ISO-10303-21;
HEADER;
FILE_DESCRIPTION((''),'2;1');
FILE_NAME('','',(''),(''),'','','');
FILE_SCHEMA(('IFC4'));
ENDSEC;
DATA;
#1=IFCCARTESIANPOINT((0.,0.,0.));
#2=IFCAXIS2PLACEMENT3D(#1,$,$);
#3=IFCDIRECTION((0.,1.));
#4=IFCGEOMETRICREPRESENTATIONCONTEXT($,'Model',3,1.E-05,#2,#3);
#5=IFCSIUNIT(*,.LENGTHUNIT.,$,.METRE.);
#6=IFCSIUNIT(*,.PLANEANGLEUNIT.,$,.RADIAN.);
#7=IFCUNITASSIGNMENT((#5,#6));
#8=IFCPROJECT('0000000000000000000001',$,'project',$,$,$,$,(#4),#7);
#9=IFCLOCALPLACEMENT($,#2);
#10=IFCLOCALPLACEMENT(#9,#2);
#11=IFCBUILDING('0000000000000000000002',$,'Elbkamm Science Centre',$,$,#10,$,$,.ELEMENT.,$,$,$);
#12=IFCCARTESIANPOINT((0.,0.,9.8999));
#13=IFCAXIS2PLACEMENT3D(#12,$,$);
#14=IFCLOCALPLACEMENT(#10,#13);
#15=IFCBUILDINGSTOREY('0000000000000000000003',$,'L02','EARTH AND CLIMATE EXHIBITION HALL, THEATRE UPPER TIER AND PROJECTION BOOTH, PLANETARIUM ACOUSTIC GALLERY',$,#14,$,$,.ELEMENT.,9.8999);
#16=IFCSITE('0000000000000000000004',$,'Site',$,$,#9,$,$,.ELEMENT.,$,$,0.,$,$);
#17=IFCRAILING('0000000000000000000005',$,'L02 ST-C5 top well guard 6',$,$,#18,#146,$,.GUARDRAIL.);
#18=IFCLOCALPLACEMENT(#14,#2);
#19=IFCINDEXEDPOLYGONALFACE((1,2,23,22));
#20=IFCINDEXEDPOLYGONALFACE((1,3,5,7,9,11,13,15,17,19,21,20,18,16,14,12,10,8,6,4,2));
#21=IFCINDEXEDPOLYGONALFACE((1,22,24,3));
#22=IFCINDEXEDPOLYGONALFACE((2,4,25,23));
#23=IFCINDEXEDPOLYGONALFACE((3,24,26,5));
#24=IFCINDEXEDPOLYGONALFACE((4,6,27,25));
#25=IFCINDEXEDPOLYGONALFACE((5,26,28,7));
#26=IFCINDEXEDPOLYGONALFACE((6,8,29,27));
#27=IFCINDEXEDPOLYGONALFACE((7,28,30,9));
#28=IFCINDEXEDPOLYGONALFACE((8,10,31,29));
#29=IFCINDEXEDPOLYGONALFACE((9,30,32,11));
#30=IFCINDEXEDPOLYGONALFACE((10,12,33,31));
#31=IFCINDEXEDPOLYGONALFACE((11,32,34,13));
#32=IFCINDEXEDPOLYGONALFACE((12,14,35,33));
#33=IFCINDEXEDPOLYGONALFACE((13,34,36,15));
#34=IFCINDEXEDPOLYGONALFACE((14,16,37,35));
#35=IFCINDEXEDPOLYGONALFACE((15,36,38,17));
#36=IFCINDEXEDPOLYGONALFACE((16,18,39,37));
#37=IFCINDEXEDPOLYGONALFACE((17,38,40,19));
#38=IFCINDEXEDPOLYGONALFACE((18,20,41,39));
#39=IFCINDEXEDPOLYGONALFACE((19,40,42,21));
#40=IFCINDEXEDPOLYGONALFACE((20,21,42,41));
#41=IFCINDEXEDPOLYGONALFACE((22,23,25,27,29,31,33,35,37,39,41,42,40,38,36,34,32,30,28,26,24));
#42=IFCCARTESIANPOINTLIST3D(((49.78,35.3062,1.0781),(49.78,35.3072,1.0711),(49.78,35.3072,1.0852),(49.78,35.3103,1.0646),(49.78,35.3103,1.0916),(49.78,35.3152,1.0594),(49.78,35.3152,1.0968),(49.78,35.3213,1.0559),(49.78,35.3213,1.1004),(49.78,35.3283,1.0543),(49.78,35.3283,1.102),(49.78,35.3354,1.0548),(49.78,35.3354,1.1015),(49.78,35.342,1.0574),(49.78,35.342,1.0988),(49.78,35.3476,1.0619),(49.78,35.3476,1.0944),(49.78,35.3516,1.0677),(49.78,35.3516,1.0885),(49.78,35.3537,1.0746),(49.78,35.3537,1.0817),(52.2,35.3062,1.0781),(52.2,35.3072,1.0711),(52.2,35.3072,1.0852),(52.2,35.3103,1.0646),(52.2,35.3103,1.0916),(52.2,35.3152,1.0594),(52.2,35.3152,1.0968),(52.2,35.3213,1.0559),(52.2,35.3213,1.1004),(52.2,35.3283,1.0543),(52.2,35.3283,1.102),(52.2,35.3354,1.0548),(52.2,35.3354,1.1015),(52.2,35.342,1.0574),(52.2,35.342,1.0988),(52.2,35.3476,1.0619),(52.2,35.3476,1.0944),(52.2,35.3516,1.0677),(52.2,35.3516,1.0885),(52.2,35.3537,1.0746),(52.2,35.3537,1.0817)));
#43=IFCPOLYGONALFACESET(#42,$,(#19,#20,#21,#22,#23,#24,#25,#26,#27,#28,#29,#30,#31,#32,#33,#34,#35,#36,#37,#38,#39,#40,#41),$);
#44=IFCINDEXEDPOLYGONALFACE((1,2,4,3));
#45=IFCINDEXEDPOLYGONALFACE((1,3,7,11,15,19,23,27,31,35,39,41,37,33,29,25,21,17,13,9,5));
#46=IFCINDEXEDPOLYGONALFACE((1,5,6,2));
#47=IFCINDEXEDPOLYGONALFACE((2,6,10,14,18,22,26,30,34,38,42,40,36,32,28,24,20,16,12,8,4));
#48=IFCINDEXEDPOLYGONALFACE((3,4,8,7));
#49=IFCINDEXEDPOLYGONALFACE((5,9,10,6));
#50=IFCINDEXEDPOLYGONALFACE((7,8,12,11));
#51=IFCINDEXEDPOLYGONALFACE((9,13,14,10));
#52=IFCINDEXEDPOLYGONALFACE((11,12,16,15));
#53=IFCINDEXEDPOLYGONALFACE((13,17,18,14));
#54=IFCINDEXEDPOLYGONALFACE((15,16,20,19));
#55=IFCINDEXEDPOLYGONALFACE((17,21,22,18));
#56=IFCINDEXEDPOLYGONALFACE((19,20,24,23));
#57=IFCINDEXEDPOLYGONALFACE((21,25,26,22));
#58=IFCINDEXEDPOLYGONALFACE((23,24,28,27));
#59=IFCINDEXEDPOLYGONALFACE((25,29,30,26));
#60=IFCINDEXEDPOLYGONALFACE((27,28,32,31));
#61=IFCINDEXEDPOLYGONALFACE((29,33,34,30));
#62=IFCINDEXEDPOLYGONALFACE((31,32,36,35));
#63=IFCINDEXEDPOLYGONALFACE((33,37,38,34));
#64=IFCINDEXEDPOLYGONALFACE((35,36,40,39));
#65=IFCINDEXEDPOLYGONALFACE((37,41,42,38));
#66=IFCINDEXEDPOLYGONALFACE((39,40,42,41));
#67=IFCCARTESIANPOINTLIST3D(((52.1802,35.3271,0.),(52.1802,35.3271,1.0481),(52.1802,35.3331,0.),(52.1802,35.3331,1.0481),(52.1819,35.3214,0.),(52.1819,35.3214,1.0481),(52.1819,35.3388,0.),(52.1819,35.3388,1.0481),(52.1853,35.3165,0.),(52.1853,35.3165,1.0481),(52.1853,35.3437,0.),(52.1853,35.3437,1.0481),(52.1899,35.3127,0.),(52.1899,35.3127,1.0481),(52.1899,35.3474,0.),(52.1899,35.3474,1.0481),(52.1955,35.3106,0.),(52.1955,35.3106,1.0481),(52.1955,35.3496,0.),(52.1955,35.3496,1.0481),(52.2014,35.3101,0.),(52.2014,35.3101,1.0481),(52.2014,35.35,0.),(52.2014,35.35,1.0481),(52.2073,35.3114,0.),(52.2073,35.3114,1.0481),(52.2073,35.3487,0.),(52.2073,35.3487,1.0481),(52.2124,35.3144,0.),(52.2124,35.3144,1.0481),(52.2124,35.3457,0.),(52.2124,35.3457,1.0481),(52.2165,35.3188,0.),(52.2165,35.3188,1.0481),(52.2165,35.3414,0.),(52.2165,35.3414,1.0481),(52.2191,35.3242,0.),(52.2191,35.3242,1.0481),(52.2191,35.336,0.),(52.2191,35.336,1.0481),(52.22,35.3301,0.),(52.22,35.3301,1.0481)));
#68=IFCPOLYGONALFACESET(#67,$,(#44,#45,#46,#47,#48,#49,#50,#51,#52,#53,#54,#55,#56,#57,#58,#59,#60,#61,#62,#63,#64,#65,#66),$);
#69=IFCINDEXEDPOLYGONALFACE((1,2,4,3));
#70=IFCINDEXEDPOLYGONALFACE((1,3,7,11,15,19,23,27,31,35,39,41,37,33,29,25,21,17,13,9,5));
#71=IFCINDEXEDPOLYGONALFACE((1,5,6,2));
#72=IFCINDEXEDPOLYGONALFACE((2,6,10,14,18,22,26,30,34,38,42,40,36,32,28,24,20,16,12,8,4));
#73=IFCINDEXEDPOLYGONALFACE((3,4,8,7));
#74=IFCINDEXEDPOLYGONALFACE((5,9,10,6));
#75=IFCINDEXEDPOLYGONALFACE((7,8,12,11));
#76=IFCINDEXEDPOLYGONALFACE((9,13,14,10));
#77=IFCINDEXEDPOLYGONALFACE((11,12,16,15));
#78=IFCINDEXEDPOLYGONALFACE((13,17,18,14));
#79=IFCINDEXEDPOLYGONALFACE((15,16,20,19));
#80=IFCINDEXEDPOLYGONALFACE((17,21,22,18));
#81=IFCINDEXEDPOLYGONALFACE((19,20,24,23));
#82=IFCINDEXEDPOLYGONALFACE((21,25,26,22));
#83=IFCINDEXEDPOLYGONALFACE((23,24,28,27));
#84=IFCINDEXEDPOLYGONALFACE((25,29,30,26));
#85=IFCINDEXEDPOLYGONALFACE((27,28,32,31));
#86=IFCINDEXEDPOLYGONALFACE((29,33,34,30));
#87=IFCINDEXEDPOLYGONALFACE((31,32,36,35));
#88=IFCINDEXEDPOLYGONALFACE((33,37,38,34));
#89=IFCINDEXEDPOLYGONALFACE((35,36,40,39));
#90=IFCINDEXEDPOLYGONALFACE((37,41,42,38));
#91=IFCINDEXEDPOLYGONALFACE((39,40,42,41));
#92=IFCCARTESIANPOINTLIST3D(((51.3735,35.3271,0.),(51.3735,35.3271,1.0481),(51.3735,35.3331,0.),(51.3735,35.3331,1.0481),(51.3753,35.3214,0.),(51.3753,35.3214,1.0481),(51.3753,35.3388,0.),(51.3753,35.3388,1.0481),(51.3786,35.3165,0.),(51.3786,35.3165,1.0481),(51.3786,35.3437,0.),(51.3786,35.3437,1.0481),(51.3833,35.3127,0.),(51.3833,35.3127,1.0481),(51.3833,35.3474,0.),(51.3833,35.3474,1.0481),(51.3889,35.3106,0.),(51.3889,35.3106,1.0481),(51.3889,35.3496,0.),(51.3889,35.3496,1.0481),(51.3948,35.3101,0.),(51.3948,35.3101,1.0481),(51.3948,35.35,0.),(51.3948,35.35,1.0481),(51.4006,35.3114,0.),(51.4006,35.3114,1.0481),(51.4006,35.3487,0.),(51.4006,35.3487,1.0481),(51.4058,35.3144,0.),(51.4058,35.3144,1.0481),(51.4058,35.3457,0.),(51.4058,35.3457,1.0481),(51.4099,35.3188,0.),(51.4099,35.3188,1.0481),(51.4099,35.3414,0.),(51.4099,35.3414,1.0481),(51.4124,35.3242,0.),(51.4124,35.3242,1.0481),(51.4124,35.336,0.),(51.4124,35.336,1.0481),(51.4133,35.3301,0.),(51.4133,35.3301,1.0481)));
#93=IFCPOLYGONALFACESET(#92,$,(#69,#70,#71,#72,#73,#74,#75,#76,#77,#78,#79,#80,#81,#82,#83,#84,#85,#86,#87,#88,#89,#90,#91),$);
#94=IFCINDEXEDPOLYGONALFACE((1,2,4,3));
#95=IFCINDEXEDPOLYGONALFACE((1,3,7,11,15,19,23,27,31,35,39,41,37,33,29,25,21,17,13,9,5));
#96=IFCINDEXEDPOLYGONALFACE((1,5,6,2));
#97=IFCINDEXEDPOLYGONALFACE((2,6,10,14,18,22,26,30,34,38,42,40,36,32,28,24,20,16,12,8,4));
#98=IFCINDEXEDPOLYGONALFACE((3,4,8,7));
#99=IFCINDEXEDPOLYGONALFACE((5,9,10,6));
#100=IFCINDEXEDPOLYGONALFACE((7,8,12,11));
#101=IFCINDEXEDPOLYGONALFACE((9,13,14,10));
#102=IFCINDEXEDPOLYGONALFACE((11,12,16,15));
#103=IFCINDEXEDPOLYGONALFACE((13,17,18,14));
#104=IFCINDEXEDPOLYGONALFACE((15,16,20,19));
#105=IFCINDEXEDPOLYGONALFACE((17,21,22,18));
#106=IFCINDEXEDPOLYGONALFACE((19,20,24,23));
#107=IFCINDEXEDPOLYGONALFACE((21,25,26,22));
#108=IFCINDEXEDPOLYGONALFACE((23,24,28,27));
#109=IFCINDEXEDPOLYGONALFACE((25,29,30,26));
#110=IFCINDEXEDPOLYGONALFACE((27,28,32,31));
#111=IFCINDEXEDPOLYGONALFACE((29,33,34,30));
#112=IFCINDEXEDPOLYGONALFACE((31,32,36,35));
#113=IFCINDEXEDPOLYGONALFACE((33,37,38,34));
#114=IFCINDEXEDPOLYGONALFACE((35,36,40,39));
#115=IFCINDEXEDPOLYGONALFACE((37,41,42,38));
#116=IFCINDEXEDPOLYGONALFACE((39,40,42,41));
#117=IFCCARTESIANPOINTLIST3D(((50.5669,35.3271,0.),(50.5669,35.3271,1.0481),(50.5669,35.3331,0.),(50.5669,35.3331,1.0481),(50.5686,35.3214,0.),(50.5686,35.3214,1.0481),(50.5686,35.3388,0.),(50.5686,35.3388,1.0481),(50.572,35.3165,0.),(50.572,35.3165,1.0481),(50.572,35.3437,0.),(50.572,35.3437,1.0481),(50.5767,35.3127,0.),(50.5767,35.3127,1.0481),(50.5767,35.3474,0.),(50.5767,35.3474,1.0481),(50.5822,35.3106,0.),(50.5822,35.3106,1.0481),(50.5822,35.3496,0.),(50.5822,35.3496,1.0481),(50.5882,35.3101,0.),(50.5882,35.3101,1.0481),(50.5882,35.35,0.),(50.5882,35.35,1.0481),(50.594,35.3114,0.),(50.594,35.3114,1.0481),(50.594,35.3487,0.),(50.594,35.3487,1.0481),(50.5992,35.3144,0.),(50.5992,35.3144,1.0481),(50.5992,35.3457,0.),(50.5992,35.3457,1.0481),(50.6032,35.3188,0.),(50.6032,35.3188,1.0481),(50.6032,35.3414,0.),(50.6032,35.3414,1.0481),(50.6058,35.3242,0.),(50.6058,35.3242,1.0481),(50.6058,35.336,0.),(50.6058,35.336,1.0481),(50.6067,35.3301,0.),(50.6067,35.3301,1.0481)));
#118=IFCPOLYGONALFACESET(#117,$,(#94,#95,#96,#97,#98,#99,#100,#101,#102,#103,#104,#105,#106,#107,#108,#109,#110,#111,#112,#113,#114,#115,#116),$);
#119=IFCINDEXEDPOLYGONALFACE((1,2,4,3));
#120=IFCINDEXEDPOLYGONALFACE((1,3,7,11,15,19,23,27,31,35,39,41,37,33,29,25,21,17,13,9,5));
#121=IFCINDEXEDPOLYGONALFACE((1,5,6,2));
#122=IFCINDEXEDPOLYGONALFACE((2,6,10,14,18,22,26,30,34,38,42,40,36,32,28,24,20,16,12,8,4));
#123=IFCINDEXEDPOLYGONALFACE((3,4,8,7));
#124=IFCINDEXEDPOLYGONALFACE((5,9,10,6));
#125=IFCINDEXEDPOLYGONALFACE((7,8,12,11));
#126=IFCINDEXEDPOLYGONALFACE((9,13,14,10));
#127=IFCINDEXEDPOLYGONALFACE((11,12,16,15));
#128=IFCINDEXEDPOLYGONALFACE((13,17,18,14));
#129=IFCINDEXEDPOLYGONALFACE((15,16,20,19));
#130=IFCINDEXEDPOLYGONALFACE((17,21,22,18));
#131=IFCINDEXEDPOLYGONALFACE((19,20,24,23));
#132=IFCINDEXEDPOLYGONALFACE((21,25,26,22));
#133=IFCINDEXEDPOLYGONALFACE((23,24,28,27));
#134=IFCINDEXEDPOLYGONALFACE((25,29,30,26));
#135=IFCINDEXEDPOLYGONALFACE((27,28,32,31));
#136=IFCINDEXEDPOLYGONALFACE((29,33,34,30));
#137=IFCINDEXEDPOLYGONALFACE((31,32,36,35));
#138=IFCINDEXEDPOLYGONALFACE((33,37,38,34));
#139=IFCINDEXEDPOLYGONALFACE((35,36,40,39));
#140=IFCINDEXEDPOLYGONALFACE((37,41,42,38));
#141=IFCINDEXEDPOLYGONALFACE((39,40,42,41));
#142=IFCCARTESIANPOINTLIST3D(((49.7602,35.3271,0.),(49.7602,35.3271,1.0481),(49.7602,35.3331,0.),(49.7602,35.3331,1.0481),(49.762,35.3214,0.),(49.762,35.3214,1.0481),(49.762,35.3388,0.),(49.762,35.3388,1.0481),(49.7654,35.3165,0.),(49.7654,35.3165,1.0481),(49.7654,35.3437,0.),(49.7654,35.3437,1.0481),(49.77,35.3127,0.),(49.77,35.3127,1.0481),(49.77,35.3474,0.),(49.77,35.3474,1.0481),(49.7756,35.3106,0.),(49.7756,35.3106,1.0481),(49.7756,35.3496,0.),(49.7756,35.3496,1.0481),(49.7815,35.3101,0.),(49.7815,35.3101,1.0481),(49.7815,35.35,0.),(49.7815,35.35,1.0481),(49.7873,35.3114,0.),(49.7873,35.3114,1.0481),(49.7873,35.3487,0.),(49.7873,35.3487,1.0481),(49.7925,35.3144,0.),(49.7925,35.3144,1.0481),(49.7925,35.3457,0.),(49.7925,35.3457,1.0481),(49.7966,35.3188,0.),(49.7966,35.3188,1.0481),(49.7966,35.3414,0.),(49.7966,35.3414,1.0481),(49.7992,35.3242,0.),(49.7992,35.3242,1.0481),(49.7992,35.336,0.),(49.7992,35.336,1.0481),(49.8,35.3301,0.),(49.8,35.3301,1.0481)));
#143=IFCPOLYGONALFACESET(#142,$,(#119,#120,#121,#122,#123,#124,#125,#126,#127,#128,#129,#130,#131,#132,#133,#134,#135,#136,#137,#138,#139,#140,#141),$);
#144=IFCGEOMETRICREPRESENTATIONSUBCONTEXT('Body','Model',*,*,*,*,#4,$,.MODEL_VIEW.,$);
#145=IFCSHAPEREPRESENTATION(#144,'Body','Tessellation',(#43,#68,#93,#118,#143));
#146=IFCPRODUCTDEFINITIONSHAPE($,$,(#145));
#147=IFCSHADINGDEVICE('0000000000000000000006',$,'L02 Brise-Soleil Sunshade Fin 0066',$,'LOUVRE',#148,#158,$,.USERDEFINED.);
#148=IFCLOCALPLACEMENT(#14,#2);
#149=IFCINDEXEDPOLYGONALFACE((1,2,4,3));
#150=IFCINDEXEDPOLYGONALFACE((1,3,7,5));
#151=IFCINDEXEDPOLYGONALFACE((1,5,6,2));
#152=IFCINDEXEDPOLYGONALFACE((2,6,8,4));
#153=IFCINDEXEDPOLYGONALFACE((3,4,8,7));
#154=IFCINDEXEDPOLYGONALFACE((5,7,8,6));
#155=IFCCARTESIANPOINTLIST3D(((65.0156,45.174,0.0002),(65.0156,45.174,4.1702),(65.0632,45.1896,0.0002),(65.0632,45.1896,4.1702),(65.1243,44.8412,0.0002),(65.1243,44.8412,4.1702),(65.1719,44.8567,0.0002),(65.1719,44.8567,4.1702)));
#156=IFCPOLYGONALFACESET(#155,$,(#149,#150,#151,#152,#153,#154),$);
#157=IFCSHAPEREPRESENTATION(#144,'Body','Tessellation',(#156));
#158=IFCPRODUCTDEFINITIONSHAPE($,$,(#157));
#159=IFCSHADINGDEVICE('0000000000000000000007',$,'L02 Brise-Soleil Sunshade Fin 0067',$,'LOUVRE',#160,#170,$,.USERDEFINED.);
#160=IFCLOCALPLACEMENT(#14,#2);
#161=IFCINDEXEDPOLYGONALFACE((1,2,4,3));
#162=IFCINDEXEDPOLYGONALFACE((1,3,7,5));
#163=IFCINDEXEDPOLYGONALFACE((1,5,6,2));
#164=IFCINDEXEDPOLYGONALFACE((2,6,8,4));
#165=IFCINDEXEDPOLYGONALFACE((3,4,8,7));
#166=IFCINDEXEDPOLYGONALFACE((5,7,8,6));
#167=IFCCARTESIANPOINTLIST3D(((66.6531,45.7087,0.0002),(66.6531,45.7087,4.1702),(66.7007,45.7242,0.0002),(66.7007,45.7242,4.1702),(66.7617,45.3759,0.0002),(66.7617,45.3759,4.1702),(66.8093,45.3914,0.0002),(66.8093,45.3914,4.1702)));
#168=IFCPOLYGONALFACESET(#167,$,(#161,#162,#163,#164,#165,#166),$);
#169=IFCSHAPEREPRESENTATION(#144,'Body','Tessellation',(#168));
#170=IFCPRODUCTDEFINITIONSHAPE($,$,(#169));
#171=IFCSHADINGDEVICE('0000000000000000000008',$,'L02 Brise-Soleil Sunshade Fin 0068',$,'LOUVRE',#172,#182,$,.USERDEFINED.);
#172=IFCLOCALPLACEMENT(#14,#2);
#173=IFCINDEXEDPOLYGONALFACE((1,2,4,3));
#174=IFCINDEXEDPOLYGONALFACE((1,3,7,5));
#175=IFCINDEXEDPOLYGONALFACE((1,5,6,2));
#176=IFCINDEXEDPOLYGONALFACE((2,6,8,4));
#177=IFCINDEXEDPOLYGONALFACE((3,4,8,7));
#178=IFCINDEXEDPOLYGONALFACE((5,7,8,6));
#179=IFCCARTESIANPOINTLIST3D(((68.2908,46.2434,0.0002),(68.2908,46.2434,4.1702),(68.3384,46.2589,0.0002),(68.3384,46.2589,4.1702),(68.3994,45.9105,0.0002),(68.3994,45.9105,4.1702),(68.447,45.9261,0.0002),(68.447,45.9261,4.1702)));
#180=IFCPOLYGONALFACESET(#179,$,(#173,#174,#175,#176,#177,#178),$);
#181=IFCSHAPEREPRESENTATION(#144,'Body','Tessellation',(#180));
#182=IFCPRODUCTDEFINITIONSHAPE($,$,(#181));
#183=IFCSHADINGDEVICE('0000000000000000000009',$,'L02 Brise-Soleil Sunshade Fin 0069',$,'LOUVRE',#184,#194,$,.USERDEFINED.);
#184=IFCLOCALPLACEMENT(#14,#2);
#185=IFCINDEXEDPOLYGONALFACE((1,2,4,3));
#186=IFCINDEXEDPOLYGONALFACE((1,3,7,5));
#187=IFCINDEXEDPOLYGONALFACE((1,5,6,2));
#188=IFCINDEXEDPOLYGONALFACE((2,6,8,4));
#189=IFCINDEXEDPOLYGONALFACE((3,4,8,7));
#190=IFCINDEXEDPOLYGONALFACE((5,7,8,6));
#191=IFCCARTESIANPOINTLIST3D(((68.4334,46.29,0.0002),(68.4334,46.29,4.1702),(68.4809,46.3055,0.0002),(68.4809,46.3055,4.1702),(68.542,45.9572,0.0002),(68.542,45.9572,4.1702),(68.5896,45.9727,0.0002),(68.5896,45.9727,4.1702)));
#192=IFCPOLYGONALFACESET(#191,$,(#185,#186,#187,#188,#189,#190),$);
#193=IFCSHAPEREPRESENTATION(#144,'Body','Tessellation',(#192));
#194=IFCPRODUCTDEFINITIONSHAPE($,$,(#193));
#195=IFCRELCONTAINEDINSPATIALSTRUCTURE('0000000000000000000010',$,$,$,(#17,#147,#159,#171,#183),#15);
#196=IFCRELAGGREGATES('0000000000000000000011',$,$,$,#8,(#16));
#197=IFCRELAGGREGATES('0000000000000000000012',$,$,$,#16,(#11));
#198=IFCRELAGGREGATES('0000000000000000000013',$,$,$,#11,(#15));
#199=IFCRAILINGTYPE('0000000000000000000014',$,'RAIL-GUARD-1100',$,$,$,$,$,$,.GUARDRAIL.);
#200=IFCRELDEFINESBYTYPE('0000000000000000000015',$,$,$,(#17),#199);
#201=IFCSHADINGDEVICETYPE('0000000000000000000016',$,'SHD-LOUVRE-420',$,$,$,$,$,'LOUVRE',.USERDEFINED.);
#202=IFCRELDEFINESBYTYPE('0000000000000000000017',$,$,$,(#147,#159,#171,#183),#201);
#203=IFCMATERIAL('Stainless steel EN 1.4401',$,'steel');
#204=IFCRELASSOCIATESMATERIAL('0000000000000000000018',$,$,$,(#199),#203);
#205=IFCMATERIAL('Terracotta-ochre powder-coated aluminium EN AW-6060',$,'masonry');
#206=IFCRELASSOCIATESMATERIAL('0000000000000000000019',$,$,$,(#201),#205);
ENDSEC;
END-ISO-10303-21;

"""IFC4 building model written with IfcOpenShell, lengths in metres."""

from ifc_helpers import new_model, si_unit, direction, frame, origin, origin_2d, place, context, subcontext, project, spatial, rectangle, circle, extrude, material, type_object, element, save


model = new_model("IFC4")

# Units and contexts
model_context = context("Model", 3, precision=1e-05, world=origin(), true_north=direction((0.0, 1.0)))
body_context = subcontext(model_context, "Body", "Model", "MODEL_VIEW")
ifc_project = project(units=[si_unit("LENGTHUNIT", "METRE"), si_unit("PLANEANGLEUNIT", "RADIAN")], contexts=[model_context])

# Site, building, storey
site_placement = place(None, origin())
site = spatial("IfcSite", under=ifc_project, at=site_placement, Name="Site", CompositionType="ELEMENT", RefElevation=0.0)
building_placement = place(site_placement, origin())
building = spatial("IfcBuilding", under=site, at=building_placement, Name="Elbkamm Science Centre", CompositionType="ELEMENT")
storey_placement = place(building_placement, frame((0.0, 0.0, 9.8999)))
storey = spatial("IfcBuildingStorey", under=building, at=storey_placement, Name="L02", Description="EARTH AND CLIMATE EXHIBITION HALL, THEATRE UPPER TIER AND PROJECTION BOOTH, PLANETARIUM ACOUSTIC GALLERY", CompositionType="ELEMENT", Elevation=9.8999)

# Railing
ifc_material_1 = material(Name="Stainless steel EN 1.4401", Category="steel")
railing_type = type_object("IfcRailingType", Name="RAIL-GUARD-1100", PredefinedType="GUARDRAIL", material=ifc_material_1)
for number, where, name in (
    (1, (52.2, 35.3301, 0.0), "L02 ST-C5 top well guard 6"),
):
    element("IfcRailing", number, at=place(storey_placement, frame(where)), inside=storey, type_object=railing_type, Name=name, PredefinedType="GUARDRAIL", context=body_context, shape_type="SweptSolid", body=[
        extrude(circle(Radius=0.0239, at=origin_2d()), frame((0.0, 0.0, 1.0781), z_axis=(-1.0, 0.0, 0.0), x_axis=(0.0, -1.0, 0.0)), (0.0, 0.0, 1.0), 2.4199),
        extrude(circle(Radius=0.02, at=origin_2d()), origin(), (0.0, 0.0, 1.0), 1.0481),
        extrude(circle(Radius=0.02, at=origin_2d()), frame((-0.8066, 0.0, 0.0)), (0.0, 0.0, 1.0), 1.0481),
        extrude(circle(Radius=0.02, at=origin_2d()), frame((-1.6133, 0.0, 0.0)), (0.0, 0.0, 1.0), 1.0481),
        extrude(circle(Radius=0.02, at=origin_2d()), frame((-2.4199, 0.0, 0.0)), (0.0, 0.0, 1.0), 1.0481),
    ])

# Shading devices
ifc_material_2 = material(Name="Terracotta-ochre powder-coated aluminium EN AW-6060", Category="masonry")
shading_device_type = type_object("IfcShadingDeviceType", Name="SHD-LOUVRE-420", ElementType="LOUVRE", PredefinedType="USERDEFINED", material=ifc_material_2)
for number, where, z_axis, x_axis, name in (
    (2, (65.0938, 45.0154, 0.0002), (0.0, 0.0, 1.0), (0.310368, -0.950617, 0.0), "L02 Brise-Soleil Sunshade Fin 0066"),
    (3, (66.7312, 45.55, 0.0002), (0.0, 0.0, 1.0), (0.310368, -0.950617, 0.0), "L02 Brise-Soleil Sunshade Fin 0067"),
    (4, (68.3689, 46.0847, 0.0002), (0.0, 0.0, 1.0), (0.310368, -0.950617, 0.0), "L02 Brise-Soleil Sunshade Fin 0068"),
    (5, (68.5115, 46.1313, 0.0002), (0.0, 0.0, 1.0), (0.310368, -0.950617, 0.0), "L02 Brise-Soleil Sunshade Fin 0069"),
):
    element("IfcShadingDevice", number, at=place(storey_placement, frame(where, z_axis=z_axis, x_axis=x_axis)), inside=storey, type_object=shading_device_type, Name=name, ObjectType="LOUVRE", PredefinedType="USERDEFINED", context=body_context, shape_type="SweptSolid", body=[
        extrude(rectangle(XDim=0.3501, YDim=0.05, at=origin_2d()), origin(), (0.0, 0.0, 1.0), 4.1699),
    ])

save(model, "model.ifc")
